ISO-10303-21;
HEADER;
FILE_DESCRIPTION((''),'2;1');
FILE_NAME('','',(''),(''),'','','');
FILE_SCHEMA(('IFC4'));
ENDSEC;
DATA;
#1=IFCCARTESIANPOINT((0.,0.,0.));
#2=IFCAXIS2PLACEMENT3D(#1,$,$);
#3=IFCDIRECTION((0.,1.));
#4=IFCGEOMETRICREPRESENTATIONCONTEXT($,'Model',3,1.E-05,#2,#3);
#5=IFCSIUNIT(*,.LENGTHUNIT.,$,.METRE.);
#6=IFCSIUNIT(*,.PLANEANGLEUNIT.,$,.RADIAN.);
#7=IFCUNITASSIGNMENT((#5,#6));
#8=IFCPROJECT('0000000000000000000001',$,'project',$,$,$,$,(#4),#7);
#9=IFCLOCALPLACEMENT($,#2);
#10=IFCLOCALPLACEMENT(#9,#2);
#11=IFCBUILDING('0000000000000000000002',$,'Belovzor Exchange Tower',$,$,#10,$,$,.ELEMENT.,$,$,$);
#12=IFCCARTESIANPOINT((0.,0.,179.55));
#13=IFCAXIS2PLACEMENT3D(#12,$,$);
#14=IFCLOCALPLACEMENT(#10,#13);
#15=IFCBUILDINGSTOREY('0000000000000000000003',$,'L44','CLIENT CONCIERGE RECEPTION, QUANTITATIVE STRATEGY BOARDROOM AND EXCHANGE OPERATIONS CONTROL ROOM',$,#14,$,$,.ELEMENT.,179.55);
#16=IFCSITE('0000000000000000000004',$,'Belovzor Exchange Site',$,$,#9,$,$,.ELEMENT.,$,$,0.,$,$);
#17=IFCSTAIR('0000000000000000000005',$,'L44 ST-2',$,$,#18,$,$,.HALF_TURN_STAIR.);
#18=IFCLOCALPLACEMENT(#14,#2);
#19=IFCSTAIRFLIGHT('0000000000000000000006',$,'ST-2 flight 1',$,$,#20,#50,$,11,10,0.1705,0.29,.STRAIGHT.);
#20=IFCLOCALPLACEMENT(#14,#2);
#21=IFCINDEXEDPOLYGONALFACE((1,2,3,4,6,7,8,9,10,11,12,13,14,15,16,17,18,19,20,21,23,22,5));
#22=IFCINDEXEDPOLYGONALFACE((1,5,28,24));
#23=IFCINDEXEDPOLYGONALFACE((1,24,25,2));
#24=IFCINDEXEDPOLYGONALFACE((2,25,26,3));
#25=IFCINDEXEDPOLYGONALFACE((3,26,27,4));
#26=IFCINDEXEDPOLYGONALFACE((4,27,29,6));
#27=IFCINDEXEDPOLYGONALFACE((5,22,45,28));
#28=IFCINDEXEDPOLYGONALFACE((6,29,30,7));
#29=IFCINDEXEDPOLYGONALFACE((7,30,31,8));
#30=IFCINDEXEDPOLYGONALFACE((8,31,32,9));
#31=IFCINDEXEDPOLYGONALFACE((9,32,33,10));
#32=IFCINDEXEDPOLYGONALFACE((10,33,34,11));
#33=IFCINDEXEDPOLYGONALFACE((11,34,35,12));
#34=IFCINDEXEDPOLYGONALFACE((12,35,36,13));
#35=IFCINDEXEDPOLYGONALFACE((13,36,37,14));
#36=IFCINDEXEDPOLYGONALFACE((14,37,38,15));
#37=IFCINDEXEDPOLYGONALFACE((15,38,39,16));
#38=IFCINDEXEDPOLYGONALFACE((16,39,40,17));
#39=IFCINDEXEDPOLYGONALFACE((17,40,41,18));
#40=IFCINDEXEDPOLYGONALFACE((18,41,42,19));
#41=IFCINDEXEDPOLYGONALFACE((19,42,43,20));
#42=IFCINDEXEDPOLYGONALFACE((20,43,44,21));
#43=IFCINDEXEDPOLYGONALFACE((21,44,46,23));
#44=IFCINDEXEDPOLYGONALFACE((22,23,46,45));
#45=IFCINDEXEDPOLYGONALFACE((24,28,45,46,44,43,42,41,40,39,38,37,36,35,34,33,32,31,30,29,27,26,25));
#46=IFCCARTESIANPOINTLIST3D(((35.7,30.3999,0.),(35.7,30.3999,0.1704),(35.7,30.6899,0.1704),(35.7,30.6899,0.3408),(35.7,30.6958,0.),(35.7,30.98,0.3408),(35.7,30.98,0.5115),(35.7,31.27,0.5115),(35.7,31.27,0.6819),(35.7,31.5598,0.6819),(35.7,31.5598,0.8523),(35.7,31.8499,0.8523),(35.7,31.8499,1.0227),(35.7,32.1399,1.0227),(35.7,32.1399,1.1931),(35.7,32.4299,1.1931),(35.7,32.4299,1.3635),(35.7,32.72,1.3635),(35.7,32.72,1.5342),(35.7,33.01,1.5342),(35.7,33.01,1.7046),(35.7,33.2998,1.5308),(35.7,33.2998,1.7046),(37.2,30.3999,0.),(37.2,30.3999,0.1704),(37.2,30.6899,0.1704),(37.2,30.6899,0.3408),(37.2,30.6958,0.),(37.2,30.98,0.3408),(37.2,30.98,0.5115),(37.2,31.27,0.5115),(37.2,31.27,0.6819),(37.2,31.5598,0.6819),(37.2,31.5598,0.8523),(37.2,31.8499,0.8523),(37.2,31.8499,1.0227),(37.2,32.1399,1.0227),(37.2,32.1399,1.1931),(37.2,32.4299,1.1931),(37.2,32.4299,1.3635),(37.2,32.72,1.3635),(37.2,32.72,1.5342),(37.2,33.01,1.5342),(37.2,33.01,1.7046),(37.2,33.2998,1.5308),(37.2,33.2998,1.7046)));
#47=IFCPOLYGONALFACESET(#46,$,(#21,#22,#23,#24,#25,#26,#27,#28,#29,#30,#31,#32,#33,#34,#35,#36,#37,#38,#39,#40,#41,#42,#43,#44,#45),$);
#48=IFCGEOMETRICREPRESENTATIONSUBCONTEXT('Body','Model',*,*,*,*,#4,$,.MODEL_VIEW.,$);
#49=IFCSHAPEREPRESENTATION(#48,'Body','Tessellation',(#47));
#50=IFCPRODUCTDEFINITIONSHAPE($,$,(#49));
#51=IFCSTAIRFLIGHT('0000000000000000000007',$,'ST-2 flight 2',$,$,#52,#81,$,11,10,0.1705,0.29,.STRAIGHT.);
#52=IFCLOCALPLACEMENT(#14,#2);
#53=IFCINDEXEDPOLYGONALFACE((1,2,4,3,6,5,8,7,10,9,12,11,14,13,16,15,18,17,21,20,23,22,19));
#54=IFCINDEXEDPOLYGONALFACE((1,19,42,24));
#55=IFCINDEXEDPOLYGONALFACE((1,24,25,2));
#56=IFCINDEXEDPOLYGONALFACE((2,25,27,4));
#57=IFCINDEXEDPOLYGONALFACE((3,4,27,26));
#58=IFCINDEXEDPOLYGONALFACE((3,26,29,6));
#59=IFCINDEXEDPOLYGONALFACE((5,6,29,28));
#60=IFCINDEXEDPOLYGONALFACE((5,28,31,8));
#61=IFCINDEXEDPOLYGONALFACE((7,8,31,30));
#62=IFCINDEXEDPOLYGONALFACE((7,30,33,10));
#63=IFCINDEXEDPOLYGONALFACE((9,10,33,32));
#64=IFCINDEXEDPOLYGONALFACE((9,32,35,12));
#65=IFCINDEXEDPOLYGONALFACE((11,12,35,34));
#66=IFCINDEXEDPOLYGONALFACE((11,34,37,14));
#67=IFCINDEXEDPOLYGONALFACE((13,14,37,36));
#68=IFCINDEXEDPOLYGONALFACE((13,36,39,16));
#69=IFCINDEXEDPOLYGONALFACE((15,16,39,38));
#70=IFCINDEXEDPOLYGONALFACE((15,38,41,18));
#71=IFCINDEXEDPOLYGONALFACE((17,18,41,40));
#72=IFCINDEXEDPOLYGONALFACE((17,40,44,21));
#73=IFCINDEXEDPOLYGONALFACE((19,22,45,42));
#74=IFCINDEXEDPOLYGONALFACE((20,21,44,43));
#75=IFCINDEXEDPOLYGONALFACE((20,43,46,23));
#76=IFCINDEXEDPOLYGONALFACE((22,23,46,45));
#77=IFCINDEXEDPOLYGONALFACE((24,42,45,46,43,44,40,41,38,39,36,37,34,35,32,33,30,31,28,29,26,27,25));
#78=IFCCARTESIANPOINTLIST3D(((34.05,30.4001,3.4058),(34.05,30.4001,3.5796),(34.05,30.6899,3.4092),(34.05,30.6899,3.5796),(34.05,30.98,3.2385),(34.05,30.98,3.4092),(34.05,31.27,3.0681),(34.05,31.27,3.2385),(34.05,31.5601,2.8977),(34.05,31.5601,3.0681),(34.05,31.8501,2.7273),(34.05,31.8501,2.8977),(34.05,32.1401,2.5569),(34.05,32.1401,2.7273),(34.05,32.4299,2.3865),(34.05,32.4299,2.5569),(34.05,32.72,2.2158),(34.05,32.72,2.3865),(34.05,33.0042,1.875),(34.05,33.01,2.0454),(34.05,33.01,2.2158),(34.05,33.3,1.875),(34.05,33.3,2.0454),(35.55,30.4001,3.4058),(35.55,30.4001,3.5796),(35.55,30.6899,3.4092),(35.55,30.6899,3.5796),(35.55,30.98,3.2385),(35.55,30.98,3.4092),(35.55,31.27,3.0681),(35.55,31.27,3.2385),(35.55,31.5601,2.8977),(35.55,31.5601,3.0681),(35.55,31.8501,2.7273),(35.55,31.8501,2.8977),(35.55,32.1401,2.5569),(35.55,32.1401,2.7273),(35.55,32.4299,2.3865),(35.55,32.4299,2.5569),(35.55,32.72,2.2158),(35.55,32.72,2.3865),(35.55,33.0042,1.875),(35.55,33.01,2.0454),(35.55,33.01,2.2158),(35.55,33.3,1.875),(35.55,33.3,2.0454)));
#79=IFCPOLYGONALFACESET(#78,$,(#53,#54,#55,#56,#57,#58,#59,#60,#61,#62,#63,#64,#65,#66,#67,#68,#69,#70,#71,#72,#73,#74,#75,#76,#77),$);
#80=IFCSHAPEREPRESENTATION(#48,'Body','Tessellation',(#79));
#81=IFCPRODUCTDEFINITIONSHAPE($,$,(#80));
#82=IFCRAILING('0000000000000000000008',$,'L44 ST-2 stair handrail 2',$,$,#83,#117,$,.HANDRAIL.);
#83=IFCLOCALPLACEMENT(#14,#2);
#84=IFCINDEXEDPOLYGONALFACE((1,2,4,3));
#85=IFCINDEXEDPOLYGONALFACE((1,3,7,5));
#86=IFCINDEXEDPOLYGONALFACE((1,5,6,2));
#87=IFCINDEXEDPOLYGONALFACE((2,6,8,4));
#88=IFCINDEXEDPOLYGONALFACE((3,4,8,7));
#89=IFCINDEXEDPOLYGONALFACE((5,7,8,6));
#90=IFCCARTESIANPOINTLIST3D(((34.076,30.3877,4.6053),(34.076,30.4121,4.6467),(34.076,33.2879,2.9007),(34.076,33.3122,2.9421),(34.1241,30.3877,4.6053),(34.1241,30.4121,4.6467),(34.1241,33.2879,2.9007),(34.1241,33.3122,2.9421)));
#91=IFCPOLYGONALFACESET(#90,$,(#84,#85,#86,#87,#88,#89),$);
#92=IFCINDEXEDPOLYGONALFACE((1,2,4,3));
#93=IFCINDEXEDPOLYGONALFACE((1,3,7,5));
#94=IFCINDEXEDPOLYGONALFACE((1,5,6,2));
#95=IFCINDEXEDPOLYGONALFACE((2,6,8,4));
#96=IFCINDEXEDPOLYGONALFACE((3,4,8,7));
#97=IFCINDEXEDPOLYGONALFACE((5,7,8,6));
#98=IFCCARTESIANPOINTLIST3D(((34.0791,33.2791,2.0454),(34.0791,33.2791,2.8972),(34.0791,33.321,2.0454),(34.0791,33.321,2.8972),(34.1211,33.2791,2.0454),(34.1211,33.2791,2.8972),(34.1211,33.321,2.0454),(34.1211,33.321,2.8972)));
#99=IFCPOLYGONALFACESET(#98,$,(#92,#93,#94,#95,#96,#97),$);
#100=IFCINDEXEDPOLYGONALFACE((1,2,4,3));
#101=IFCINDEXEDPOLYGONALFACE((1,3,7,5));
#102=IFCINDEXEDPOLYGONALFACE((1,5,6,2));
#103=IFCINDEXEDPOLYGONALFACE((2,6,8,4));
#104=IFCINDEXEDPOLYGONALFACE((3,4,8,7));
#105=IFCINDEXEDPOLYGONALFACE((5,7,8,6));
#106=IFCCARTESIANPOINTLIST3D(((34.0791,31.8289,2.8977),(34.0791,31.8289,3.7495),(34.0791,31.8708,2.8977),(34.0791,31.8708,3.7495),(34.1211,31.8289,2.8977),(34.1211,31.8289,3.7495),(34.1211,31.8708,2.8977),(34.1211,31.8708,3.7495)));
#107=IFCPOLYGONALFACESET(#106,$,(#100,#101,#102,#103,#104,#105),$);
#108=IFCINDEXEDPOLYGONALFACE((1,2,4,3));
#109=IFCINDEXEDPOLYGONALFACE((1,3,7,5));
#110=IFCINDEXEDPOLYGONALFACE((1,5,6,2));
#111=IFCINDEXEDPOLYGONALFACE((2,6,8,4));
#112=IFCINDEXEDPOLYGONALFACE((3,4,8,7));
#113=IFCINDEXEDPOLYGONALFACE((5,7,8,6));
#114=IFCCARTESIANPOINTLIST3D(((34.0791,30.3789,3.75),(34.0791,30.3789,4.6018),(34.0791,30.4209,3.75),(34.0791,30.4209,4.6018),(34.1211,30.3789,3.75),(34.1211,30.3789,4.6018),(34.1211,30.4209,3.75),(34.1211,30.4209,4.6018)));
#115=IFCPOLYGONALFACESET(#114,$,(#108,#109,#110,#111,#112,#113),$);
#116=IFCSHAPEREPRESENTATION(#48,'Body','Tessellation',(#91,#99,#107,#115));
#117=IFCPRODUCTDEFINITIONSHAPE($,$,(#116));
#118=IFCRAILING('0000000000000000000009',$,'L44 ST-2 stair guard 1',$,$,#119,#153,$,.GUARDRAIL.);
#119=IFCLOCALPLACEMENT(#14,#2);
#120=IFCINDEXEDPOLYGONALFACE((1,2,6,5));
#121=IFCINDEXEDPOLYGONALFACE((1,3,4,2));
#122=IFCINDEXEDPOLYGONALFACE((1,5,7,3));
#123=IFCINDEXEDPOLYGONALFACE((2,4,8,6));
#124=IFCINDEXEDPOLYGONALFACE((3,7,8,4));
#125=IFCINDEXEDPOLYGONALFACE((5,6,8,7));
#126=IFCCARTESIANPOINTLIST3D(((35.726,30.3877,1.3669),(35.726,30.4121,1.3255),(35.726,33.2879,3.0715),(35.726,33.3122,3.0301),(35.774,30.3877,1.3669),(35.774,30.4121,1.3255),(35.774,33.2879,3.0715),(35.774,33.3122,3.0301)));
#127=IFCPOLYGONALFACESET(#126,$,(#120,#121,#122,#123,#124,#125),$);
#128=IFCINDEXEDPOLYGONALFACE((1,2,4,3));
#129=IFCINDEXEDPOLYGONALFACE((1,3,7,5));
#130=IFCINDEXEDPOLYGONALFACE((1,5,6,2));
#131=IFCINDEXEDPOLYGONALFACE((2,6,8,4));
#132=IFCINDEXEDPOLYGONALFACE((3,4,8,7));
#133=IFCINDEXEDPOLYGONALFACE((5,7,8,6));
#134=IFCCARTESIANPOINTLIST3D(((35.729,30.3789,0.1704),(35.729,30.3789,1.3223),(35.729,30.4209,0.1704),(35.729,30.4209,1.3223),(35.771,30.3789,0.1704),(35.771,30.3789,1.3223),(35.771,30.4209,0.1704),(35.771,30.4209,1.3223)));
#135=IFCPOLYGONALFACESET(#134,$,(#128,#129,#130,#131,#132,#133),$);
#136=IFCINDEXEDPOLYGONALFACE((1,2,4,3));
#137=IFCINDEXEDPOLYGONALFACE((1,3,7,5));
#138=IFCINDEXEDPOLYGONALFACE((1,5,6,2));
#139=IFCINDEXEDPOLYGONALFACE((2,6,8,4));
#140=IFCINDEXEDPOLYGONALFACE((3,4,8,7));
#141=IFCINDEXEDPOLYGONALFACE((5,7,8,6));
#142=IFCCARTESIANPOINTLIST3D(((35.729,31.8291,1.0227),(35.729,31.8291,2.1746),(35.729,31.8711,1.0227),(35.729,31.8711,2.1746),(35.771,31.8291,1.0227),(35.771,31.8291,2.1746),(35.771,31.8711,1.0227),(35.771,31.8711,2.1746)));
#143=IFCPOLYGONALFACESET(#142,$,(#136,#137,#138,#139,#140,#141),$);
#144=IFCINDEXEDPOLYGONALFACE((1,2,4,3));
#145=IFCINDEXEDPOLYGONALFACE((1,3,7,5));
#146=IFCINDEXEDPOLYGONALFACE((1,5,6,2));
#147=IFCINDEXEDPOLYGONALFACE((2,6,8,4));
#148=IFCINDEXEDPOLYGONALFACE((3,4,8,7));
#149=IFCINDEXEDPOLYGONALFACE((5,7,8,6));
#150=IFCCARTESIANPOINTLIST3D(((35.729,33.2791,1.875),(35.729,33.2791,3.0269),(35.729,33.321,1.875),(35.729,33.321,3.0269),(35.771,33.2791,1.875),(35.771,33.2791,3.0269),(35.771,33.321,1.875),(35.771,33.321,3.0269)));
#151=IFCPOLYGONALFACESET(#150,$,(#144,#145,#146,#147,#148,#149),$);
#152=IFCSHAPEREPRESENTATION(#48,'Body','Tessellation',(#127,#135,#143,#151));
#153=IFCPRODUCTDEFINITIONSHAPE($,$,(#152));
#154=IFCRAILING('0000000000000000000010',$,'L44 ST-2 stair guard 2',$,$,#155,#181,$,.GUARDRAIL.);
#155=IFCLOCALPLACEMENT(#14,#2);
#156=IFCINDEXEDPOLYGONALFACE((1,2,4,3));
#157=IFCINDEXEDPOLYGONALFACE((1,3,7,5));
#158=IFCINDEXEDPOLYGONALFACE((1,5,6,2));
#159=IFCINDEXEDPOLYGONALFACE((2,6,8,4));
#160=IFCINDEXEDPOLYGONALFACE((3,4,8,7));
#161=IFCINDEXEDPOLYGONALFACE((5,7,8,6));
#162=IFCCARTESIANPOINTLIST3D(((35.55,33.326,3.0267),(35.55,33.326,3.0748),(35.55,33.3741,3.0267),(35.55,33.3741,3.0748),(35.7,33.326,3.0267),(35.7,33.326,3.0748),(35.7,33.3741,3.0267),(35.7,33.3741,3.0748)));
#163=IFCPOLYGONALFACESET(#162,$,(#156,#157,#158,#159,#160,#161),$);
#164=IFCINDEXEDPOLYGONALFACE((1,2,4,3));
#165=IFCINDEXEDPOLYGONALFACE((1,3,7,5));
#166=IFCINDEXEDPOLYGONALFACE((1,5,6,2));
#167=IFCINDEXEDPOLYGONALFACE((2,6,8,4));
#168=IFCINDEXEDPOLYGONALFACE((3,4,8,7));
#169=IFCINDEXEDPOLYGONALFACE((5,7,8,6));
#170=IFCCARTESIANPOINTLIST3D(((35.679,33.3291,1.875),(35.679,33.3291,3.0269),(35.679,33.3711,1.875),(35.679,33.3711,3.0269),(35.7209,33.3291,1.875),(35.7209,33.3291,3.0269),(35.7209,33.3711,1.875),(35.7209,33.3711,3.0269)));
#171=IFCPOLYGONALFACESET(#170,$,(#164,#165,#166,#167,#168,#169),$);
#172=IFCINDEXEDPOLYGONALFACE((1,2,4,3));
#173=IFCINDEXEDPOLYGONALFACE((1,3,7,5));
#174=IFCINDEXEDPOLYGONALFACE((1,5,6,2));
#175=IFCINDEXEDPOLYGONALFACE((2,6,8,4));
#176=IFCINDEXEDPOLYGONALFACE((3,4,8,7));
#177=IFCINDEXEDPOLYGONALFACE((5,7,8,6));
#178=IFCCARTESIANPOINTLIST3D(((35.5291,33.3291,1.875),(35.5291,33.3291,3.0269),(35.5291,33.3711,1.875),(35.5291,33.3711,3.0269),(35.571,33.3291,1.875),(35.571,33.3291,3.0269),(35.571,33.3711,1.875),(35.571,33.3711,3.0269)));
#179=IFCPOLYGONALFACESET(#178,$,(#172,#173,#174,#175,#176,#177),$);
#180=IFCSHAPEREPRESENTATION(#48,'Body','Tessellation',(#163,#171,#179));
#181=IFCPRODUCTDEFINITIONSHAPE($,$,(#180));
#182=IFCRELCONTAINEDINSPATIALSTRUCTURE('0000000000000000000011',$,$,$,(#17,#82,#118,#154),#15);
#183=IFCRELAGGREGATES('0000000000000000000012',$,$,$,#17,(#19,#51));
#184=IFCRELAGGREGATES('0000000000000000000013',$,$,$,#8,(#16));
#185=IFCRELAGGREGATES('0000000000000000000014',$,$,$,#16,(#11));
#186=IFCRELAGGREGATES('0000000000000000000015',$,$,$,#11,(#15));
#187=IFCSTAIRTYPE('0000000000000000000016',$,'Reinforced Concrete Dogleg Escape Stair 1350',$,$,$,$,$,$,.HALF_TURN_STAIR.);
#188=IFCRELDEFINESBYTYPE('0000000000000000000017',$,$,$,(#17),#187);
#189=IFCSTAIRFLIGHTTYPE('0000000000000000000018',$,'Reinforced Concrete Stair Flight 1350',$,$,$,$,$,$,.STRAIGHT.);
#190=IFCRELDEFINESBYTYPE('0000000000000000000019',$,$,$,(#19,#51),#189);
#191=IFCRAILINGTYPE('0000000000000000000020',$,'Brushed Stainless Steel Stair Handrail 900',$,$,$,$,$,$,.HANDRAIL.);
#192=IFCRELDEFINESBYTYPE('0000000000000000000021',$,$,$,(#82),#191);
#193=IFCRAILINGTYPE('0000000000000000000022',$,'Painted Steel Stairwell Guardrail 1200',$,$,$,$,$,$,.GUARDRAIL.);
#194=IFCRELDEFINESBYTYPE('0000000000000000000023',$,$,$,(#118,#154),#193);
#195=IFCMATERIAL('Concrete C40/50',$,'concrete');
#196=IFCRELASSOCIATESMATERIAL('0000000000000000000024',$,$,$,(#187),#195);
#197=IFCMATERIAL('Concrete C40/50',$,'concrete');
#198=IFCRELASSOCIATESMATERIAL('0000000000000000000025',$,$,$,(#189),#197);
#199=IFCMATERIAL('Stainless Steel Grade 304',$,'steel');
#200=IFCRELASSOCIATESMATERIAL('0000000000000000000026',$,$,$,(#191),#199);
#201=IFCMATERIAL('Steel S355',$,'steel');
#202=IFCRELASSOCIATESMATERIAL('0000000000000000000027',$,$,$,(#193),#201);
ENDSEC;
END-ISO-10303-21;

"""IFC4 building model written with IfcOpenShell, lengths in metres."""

from ifc_helpers import new_model, si_unit, direction, frame, origin, origin_2d, place, context, subcontext, project, spatial, polyline, rectangle, outline, extrude, material, type_object, element, aggregate, save


model = new_model("IFC4")

# Units and contexts
model_context = context("Model", 3, precision=1e-05, world=origin(), true_north=direction((0.0, 1.0)))
body_context = subcontext(model_context, "Body", "Model", "MODEL_VIEW")
ifc_project = project(units=[si_unit("LENGTHUNIT", "METRE"), si_unit("PLANEANGLEUNIT", "RADIAN")], contexts=[model_context])

# Site, building, storey
site_placement = place(None, origin())
site = spatial("IfcSite", under=ifc_project, at=site_placement, Name="Belovzor Exchange Site", CompositionType="ELEMENT", RefElevation=0.0)
building_placement = place(site_placement, origin())
building = spatial("IfcBuilding", under=site, at=building_placement, Name="Belovzor Exchange Tower", CompositionType="ELEMENT")
storey_placement = place(building_placement, frame((0.0, 0.0, 179.55)))
storey = spatial("IfcBuildingStorey", under=building, at=storey_placement, Name="L44", Description="CLIENT CONCIERGE RECEPTION, QUANTITATIVE STRATEGY BOARDROOM AND EXCHANGE OPERATIONS CONTROL ROOM", CompositionType="ELEMENT", Elevation=179.55)

# Stair, stair flights
ifc_material_1 = material(Name="Concrete C40/50", Category="concrete")
stair_type = type_object("IfcStairType", Name="Reinforced Concrete Dogleg Escape Stair 1350", PredefinedType="HALF_TURN_STAIR", material=ifc_material_1)
stair_placement = place(storey_placement, origin())
stair = element("IfcStair", 1, at=stair_placement, inside=storey, type_object=stair_type, Name="L44 ST-2", PredefinedType="HALF_TURN_STAIR")
ifc_material_2 = material(Name="Concrete C40/50", Category="concrete")
stair_flight_type = type_object("IfcStairFlightType", Name="Reinforced Concrete Stair Flight 1350", PredefinedType="STRAIGHT", material=ifc_material_2)
stair_flight_1_placement = place(storey_placement, frame((36.45, 30.3999, 0.0), z_axis=(0.0, 0.0, 1.0), x_axis=(0.0, 1.0, 0.0)))
stair_flight_1 = element("IfcStairFlight", 2, at=stair_flight_1_placement, type_object=stair_flight_type, Name="ST-2 flight 1", NumberOfRisers=11, NumberOfTreads=10, PredefinedType="STRAIGHT", RiserHeight=0.1705, TreadLength=0.29, context=body_context, shape_type="SweptSolid", body=[
    extrude(outline(polyline([(0.0, 0.0), (0.0, 0.1704), (0.29, 0.1704), (0.29, 0.3408), (0.5801, 0.3408), (0.5801, 0.5115), (0.8701, 0.5115), (0.8701, 0.6819), (1.1599, 0.6819), (1.1599, 0.8523), (1.45, 0.8523), (1.45, 1.0227), (1.74, 1.0227), (1.74, 1.1931), (2.03, 1.1931), (2.03, 1.3635), (2.3201, 1.3635), (2.3201, 1.5342), (2.6101, 1.5342), (2.6101, 1.7046), (2.8999, 1.7046), (2.8999, 1.875), (2.8999, 1.5308), (0.2959, 0.0), (0.0, 0.0)])), frame((0.0, 0.75, 0.0), z_axis=(0.0, -1.0, 0.0), x_axis=(1.0, 0.0, 0.0)), (0.0, 0.0, 1.0), 1.5),
])
stair_flight_2_placement = place(storey_placement, frame((34.8, 33.3, 1.875), z_axis=(0.0, 0.0, 1.0), x_axis=(0.0, -1.0, 0.0)))
stair_flight_2 = element("IfcStairFlight", 3, at=stair_flight_2_placement, type_object=stair_flight_type, Name="ST-2 flight 2", NumberOfRisers=11, NumberOfTreads=10, PredefinedType="STRAIGHT", RiserHeight=0.1705, TreadLength=0.29, context=body_context, shape_type="SweptSolid", body=[
    extrude(outline(polyline([(0.0, 0.0), (0.0, 0.1704), (0.29, 0.1704), (0.29, 0.3408), (0.5801, 0.3408), (0.5801, 0.5115), (0.8701, 0.5115), (0.8701, 0.6819), (1.1599, 0.6819), (1.1599, 0.8523), (1.45, 0.8523), (1.45, 1.0227), (1.74, 1.0227), (1.74, 1.1931), (2.03, 1.1931), (2.03, 1.3635), (2.3201, 1.3635), (2.3201, 1.5342), (2.6101, 1.5342), (2.6101, 1.7046), (2.8999, 1.7046), (2.8999, 1.875), (2.8999, 1.5308), (0.2959, 0.0), (0.0, 0.0)])), frame((0.0, 0.75, 0.0), z_axis=(0.0, -1.0, 0.0), x_axis=(1.0, 0.0, 0.0)), (0.0, 0.0, 1.0), 1.5),
])
aggregate(stair, [stair_flight_1, stair_flight_2])

# Railings
ifc_material_3 = material(Name="Stainless Steel Grade 304", Category="steel")
railing_type_1 = type_object("IfcRailingType", Name="Brushed Stainless Steel Stair Handrail 900", PredefinedType="HANDRAIL", material=ifc_material_3)
railing_1_placement = place(storey_placement, frame((34.1001, 33.3, 2.0454)))
element("IfcRailing", 4, at=railing_1_placement, inside=storey, type_object=railing_type_1, Name="L44 ST-2 stair handrail 2", PredefinedType="HANDRAIL", context=body_context, shape_type="SweptSolid", body=[
    extrude(rectangle(XDim=0.0481, YDim=0.0481, at=origin_2d()), frame((0.0, 0.0, 0.876), z_axis=(0.0, -0.862113, 0.506716), x_axis=(1.0, 0.0, 0.0)), (0.0, 0.0, 1.0), 3.364),
    extrude(rectangle(XDim=0.042, YDim=0.042, at=origin_2d()), origin(), (0.0, 0.0, 1.0), 0.8518),
    extrude(rectangle(XDim=0.042, YDim=0.042, at=origin_2d()), frame((0.0, -1.4502, 0.8523)), (0.0, 0.0, 1.0), 0.8518),
    extrude(rectangle(XDim=0.042, YDim=0.042, at=origin_2d()), frame((0.0, -2.9001, 1.7046)), (0.0, 0.0, 1.0), 0.8518),
])
ifc_material_4 = material(Name="Steel S355", Category="steel")
railing_type_2 = type_object("IfcRailingType", Name="Painted Steel Stairwell Guardrail 1200", PredefinedType="GUARDRAIL", material=ifc_material_4)
railing_2_placement = place(storey_placement, frame((35.75, 30.3999, 0.1704)))
element("IfcRailing", 5, at=railing_2_placement, inside=storey, type_object=railing_type_2, Name="L44 ST-2 stair guard 1", PredefinedType="GUARDRAIL", context=body_context, shape_type="SweptSolid", body=[
    extrude(rectangle(XDim=0.0481, YDim=0.0481, at=origin_2d()), frame((0.0, 0.0, 1.1758), z_axis=(0.0, 0.862113, 0.506716), x_axis=(-1.0, 0.0, 0.0)), (0.0, 0.0, 1.0), 3.364),
    extrude(rectangle(XDim=0.042, YDim=0.042, at=origin_2d()), origin(), (0.0, 0.0, 1.0), 1.1519),
    extrude(rectangle(XDim=0.042, YDim=0.042, at=origin_2d()), frame((0.0, 1.4502, 0.8523)), (0.0, 0.0, 1.0), 1.1519),
    extrude(rectangle(XDim=0.042, YDim=0.042, at=origin_2d()), frame((0.0, 2.9001, 1.7046)), (0.0, 0.0, 1.0), 1.1519),
])
railing_3_placement = place(storey_placement, frame((35.7, 33.3501, 1.875)))
element("IfcRailing", 6, at=railing_3_placement, inside=storey, type_object=railing_type_2, Name="L44 ST-2 stair guard 2", PredefinedType="GUARDRAIL", context=body_context, shape_type="SweptSolid", body=[
    extrude(rectangle(XDim=0.0481, YDim=0.0481, at=origin_2d()), frame((0.0, 0.0, 1.1758), z_axis=(-1.0, 0.0, 0.0), x_axis=(0.0, -1.0, 0.0)), (0.0, 0.0, 1.0), 0.1499),
    extrude(rectangle(XDim=0.042, YDim=0.042, at=origin_2d()), origin(), (0.0, 0.0, 1.0), 1.1519),
    extrude(rectangle(XDim=0.042, YDim=0.042, at=origin_2d()), frame((-0.1499, 0.0, 0.0)), (0.0, 0.0, 1.0), 1.1519),
])

save(model, "model.ifc")
